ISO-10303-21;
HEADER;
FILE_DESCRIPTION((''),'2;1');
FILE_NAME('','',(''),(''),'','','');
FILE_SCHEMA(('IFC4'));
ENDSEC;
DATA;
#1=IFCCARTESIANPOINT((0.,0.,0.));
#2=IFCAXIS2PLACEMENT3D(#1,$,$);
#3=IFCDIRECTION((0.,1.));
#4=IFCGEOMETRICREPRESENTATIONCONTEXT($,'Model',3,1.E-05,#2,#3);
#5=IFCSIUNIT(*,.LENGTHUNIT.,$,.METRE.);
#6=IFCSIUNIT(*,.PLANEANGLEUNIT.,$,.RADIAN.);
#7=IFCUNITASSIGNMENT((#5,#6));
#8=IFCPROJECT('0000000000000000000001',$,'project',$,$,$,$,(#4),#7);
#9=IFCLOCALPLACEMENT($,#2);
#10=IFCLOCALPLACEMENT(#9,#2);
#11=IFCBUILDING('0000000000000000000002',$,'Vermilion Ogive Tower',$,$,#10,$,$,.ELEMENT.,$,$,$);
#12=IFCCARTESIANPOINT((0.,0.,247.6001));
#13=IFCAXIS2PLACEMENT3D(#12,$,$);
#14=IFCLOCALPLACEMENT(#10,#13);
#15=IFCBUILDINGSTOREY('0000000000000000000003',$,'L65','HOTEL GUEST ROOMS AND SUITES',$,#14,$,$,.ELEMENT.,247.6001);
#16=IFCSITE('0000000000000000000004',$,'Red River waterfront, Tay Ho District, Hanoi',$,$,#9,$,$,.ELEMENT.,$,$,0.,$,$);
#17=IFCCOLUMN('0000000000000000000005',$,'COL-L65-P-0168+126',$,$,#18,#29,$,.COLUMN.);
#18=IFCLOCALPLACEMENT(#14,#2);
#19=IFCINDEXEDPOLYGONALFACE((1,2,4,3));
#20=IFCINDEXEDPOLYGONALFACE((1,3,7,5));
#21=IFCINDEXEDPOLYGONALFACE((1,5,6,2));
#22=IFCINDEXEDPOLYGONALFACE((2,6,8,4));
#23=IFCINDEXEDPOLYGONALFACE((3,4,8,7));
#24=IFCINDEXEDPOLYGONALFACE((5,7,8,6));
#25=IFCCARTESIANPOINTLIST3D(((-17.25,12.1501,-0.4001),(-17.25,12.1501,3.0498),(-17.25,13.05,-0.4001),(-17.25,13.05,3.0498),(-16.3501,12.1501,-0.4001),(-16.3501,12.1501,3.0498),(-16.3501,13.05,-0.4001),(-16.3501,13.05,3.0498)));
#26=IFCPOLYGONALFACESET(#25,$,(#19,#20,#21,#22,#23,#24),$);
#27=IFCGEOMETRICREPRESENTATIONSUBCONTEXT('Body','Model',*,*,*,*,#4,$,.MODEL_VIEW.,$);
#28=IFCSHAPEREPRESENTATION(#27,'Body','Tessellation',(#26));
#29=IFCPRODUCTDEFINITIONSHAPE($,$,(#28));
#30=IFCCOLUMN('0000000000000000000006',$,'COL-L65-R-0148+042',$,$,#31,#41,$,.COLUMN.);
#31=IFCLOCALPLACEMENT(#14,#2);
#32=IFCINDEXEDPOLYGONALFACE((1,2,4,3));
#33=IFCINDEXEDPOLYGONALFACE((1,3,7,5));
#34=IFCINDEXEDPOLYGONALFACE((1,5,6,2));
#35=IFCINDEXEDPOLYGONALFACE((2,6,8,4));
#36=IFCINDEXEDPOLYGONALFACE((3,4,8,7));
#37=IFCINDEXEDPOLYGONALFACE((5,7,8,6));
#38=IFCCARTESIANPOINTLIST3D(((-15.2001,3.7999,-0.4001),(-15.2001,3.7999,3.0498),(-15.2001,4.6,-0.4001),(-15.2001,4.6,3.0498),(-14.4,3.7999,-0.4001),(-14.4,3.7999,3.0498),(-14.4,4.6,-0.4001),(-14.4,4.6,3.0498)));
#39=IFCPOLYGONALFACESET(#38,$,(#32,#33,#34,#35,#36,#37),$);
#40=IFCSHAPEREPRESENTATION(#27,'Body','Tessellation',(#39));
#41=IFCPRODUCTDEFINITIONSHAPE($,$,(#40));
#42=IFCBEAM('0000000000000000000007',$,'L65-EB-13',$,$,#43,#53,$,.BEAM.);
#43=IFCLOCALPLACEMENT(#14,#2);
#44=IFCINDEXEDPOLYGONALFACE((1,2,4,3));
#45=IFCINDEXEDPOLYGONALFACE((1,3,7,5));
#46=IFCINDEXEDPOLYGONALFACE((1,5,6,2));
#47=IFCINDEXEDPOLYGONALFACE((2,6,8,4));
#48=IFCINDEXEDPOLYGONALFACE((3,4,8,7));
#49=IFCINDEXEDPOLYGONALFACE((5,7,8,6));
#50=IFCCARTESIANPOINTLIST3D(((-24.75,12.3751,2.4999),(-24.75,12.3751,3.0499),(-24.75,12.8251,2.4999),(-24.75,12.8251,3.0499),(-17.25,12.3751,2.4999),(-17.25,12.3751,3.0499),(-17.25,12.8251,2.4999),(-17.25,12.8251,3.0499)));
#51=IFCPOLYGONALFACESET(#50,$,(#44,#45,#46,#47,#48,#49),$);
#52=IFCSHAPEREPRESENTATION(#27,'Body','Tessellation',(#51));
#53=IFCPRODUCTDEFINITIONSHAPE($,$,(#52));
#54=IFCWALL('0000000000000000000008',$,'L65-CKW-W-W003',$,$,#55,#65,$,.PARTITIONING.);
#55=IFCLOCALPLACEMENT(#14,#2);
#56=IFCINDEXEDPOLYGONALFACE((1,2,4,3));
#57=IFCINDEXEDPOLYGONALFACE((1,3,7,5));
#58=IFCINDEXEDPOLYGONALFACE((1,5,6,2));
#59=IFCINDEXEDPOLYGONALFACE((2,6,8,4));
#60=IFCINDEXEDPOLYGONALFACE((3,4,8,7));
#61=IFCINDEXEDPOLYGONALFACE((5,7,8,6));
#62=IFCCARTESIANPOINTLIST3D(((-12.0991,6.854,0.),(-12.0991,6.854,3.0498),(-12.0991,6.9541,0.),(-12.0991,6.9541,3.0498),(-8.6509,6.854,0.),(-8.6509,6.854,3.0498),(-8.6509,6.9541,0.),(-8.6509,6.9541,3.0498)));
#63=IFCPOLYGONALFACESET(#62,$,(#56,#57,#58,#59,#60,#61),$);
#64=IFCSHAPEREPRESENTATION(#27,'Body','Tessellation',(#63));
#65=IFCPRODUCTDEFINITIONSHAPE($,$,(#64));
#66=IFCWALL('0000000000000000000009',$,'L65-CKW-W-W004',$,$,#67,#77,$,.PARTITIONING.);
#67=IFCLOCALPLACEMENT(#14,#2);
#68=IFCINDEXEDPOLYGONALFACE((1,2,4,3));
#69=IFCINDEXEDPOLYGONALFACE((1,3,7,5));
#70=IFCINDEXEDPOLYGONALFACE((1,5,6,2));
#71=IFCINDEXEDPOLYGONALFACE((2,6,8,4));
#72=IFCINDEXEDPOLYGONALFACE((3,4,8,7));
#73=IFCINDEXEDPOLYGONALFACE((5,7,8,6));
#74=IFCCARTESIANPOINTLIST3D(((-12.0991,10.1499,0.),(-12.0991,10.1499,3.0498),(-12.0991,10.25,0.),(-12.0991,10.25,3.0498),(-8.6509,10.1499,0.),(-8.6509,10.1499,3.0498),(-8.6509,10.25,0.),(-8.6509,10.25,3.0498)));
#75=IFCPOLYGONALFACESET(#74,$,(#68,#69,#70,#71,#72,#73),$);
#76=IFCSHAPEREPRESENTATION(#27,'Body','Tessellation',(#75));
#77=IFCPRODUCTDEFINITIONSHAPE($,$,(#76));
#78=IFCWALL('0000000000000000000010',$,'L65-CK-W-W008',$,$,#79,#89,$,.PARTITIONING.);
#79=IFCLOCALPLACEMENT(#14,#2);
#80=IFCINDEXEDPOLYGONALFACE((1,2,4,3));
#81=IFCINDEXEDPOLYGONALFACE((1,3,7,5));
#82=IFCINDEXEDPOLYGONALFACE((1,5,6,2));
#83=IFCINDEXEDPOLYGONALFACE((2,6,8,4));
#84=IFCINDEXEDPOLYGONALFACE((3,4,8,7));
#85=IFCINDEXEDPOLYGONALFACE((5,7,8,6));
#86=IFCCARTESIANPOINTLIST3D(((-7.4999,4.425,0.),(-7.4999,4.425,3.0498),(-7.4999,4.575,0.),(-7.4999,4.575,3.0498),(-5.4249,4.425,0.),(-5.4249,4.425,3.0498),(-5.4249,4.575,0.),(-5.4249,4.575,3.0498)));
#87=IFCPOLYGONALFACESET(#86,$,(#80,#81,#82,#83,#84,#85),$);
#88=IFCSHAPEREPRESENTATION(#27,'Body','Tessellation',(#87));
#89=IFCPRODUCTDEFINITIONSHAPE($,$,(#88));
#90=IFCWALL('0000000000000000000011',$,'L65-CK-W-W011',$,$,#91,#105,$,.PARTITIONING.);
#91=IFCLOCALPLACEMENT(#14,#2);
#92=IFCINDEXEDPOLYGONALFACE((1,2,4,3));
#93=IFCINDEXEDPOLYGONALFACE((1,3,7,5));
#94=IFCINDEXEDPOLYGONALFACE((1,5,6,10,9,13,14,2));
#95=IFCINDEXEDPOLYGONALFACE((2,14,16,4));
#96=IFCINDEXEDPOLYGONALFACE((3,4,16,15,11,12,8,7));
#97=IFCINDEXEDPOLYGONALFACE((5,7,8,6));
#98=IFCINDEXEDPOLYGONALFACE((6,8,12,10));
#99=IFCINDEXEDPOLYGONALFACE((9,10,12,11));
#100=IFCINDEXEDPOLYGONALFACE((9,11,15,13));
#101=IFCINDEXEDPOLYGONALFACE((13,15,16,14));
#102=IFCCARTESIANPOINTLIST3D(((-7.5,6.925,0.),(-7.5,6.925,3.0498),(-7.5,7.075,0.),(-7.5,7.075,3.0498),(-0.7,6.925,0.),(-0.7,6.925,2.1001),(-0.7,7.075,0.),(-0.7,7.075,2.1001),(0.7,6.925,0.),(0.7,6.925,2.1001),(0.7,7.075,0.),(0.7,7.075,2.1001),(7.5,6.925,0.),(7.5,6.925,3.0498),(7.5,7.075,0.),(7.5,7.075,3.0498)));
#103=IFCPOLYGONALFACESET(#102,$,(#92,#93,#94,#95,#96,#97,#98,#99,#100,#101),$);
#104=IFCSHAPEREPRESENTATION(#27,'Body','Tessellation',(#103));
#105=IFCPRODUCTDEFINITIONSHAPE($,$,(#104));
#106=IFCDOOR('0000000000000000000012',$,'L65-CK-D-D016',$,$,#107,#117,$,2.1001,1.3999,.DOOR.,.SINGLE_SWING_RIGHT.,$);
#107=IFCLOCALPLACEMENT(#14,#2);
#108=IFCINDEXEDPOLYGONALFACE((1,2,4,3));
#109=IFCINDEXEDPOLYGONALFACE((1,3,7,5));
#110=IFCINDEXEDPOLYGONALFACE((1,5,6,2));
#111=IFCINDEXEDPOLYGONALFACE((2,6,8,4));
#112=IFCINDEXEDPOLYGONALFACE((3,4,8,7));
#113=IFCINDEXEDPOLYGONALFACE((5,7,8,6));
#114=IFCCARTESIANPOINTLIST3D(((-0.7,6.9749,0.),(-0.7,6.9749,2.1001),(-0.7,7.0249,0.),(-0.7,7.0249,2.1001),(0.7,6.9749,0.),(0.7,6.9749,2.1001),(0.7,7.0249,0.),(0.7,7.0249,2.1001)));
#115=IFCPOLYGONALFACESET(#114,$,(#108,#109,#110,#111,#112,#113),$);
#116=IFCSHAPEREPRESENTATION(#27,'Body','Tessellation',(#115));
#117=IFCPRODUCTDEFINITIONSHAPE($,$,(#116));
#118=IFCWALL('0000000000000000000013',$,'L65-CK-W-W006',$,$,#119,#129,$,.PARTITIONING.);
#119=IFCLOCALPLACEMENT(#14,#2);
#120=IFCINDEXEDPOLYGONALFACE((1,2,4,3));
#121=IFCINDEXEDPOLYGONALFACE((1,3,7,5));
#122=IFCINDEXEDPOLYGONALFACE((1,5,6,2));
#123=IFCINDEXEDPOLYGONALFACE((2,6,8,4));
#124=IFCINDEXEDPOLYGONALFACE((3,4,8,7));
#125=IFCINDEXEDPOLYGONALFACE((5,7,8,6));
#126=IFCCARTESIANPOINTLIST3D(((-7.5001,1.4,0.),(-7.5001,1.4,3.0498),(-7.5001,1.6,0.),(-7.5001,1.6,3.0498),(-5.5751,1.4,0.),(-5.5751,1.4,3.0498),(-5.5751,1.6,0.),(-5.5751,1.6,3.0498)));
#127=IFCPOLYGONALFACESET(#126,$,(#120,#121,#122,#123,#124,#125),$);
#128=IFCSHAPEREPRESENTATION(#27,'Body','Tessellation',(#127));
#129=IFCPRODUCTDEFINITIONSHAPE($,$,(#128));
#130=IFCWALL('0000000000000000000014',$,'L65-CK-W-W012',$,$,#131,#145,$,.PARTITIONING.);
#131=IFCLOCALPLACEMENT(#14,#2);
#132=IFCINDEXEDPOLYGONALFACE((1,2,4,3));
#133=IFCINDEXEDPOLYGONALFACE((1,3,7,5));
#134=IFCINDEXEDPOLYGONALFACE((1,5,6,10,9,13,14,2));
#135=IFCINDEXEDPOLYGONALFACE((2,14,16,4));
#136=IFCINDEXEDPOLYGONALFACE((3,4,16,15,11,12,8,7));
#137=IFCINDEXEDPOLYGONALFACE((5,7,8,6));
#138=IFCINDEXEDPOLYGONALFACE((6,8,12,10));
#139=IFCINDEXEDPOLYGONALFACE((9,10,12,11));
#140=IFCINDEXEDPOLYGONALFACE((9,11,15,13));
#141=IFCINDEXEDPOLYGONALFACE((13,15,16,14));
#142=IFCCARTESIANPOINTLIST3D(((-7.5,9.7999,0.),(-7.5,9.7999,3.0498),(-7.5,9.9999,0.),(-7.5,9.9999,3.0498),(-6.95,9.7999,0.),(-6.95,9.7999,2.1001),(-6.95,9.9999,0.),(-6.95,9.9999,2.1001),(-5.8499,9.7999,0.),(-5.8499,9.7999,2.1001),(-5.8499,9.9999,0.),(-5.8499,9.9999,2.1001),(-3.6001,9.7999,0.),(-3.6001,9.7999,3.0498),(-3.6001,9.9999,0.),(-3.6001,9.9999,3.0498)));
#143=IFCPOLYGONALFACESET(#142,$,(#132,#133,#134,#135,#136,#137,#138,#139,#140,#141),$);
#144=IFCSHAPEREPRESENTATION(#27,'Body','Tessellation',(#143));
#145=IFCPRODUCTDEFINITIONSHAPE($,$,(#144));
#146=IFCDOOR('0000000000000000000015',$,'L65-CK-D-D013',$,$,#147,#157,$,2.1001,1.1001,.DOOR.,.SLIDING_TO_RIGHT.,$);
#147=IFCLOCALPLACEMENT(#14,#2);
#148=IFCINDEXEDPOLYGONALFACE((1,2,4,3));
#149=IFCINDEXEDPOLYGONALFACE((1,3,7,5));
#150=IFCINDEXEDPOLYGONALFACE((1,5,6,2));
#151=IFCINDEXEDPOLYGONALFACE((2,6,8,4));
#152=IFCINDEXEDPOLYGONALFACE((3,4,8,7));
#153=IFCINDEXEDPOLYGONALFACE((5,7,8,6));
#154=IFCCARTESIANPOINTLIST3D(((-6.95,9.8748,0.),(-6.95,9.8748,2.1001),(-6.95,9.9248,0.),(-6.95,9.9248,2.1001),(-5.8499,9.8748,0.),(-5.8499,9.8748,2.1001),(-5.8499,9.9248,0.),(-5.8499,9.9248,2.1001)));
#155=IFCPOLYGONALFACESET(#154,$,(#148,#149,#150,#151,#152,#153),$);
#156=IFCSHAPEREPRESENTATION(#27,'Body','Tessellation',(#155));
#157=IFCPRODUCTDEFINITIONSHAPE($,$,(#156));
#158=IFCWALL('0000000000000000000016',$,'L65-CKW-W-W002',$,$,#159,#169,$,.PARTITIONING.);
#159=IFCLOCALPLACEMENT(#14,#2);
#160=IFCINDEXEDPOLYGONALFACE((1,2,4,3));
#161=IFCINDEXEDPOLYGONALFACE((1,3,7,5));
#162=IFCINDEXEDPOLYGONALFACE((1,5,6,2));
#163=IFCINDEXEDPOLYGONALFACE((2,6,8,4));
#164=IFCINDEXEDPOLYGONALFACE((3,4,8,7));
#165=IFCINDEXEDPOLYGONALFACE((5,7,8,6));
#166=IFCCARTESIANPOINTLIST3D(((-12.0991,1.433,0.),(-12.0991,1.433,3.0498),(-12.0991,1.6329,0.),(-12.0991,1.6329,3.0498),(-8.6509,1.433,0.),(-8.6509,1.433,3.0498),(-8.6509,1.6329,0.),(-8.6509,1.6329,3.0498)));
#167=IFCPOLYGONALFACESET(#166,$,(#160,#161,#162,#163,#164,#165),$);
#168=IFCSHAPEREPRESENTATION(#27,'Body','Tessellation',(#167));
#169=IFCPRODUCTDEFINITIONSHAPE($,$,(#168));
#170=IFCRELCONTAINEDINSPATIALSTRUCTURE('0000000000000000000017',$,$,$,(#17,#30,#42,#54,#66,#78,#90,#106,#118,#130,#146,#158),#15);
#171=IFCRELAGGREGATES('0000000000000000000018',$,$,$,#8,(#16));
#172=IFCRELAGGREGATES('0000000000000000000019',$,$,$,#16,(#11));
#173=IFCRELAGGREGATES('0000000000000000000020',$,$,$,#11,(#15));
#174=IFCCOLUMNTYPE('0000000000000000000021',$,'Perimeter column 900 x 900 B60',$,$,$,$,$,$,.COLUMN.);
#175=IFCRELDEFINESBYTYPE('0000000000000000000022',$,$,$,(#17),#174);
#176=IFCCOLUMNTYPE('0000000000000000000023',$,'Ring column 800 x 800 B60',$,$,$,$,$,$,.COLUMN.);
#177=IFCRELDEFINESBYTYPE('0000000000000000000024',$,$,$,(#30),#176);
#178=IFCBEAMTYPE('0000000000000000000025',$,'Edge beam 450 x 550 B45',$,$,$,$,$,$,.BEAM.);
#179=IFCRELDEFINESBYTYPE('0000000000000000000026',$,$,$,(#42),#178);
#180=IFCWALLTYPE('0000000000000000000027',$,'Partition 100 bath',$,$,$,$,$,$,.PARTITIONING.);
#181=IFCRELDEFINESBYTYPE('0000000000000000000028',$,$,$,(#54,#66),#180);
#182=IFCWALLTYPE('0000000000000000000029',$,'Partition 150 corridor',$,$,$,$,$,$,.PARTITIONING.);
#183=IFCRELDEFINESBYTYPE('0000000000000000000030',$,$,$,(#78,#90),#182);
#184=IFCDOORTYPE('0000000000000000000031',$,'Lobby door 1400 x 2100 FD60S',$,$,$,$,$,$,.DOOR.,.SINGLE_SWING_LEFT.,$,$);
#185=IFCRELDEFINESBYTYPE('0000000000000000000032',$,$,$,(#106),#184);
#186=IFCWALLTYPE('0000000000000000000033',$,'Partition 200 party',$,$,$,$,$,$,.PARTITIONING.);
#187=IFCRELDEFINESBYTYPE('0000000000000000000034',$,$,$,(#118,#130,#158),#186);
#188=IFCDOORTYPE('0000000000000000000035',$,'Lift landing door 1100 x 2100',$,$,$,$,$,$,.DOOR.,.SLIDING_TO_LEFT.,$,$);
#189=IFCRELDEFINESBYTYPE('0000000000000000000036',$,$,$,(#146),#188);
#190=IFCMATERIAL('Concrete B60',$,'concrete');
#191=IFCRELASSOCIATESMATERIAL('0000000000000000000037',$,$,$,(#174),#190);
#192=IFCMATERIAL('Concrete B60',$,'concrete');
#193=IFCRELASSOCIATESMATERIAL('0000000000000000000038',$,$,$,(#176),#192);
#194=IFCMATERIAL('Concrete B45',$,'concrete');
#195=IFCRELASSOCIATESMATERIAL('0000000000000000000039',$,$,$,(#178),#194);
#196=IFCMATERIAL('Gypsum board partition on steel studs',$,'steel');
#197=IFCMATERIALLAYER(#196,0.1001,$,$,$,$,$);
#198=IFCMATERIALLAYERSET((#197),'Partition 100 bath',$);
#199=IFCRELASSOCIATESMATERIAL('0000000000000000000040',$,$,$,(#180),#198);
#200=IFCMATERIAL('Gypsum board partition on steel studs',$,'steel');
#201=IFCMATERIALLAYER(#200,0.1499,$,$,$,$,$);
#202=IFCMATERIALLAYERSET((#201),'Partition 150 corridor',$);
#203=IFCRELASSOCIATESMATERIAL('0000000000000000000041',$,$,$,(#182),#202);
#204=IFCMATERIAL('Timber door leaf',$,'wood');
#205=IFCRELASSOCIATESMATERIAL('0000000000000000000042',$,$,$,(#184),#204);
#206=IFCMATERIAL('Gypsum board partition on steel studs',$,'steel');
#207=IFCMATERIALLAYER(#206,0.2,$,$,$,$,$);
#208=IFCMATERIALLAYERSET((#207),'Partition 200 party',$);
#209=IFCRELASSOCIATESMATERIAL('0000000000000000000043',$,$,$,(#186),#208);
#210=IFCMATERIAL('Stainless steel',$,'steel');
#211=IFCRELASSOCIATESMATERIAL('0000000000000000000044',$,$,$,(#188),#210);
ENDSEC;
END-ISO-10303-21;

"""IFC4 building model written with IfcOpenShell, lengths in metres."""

from ifc_helpers import new_model, si_unit, direction, frame, frame_2d, origin, origin_2d, place, context, subcontext, project, spatial, rectangle, extrude, material, layer, layer_set, material_profile, profile_set, type_object, element, fill, save


model = new_model("IFC4")

# Units and contexts
model_context = context("Model", 3, precision=1e-05, world=origin(), true_north=direction((0.0, 1.0)))
body_context = subcontext(model_context, "Body", "Model", "MODEL_VIEW")
ifc_project = project(units=[si_unit("LENGTHUNIT", "METRE"), si_unit("PLANEANGLEUNIT", "RADIAN")], contexts=[model_context])

# Site, building, storey
site_placement = place(None, origin())
site = spatial("IfcSite", under=ifc_project, at=site_placement, Name="Red River waterfront, Tay Ho District, Hanoi", CompositionType="ELEMENT", RefElevation=0.0)
building_placement = place(site_placement, origin())
building = spatial("IfcBuilding", under=site, at=building_placement, Name="Vermilion Ogive Tower", CompositionType="ELEMENT")
storey_placement = place(building_placement, frame((0.0, 0.0, 247.6001)))
storey = spatial("IfcBuildingStorey", under=building, at=storey_placement, Name="L65", Description="HOTEL GUEST ROOMS AND SUITES", CompositionType="ELEMENT", Elevation=247.6001)

# Columns
ifc_material_1 = material(Name="Concrete B60", Category="concrete")
ifc_material_profile_1 = material_profile(ifc_material_1, rectangle(XDim=0.8999, YDim=0.8999, at=origin_2d()), Name="900 x 900")
ifc_profile_set_1 = profile_set([ifc_material_profile_1], Name="Concrete B60")
column_type_1 = type_object("IfcColumnType", Name="Perimeter column 900 x 900 B60", PredefinedType="COLUMN", material=ifc_profile_set_1)
column_1_placement = place(storey_placement, frame((-16.8, 12.6001, -0.4001), z_axis=(0.0, 0.0, 1.0), x_axis=(1.0, 0.0, 0.0)))
element("IfcColumn", 1, at=column_1_placement, inside=storey, type_object=column_type_1, Name="COL-L65-P-0168+126", PredefinedType="COLUMN", context=body_context, shape_type="SweptSolid", body=[
    extrude(rectangle(XDim=0.8999, YDim=0.8999, at=origin_2d()), origin(), (0.0, 0.0, 1.0), 3.45),
])
ifc_material_2 = material(Name="Concrete B60", Category="concrete")
ifc_material_profile_2 = material_profile(ifc_material_2, rectangle(XDim=0.8, YDim=0.8, at=origin_2d()), Name="800 x 800")
ifc_profile_set_2 = profile_set([ifc_material_profile_2], Name="Concrete B60")
column_type_2 = type_object("IfcColumnType", Name="Ring column 800 x 800 B60", PredefinedType="COLUMN", material=ifc_profile_set_2)
column_2_placement = place(storey_placement, frame((-14.8, 4.2, -0.4001), z_axis=(0.0, 0.0, 1.0), x_axis=(1.0, 0.0, 0.0)))
element("IfcColumn", 2, at=column_2_placement, inside=storey, type_object=column_type_2, Name="COL-L65-R-0148+042", PredefinedType="COLUMN", context=body_context, shape_type="SweptSolid", body=[
    extrude(rectangle(XDim=0.8, YDim=0.8, at=origin_2d()), origin(), (0.0, 0.0, 1.0), 3.45),
])

# Beam
ifc_material_3 = material(Name="Concrete B45", Category="concrete")
ifc_material_profile_3 = material_profile(ifc_material_3, rectangle(XDim=0.45, YDim=0.55, at=origin_2d()), Name="450 x 550")
ifc_profile_set_3 = profile_set([ifc_material_profile_3], Name="Concrete B45")
beam_type = type_object("IfcBeamType", Name="Edge beam 450 x 550 B45", PredefinedType="BEAM", material=ifc_profile_set_3)
beam_placement = place(storey_placement, frame((-17.25, 12.6001, 2.7749), z_axis=(-1.0, 0.0, 0.0), x_axis=(0.0, -1.0, 0.0)))
element("IfcBeam", 3, at=beam_placement, inside=storey, type_object=beam_type, Name="L65-EB-13", PredefinedType="BEAM", context=body_context, shape_type="SweptSolid", body=[
    extrude(rectangle(XDim=0.45, YDim=0.55, at=origin_2d()), origin(), (0.0, 0.0, 1.0), 7.5),
])

# Walls
ifc_material_4 = material(Name="Gypsum board partition on steel studs", Category="steel")
ifc_layer_1 = layer(ifc_material_4, 0.1001)
ifc_layer_set_1 = layer_set([ifc_layer_1], Name="Partition 100 bath")
wall_type_1 = type_object("IfcWallType", Name="Partition 100 bath", PredefinedType="PARTITIONING", material=ifc_layer_set_1)
for number, where, z_axis, x_axis, name in (
    (4, (-12.0991, 6.9041, 0.0), (0.0, 0.0, 1.0), (1.0, 0.0, 0.0), "L65-CKW-W-W003"),
    (5, (-12.0991, 10.2, 0.0), (0.0, 0.0, 1.0), (1.0, 0.0, 0.0), "L65-CKW-W-W004"),
):
    element("IfcWall", number, at=place(storey_placement, frame(where, z_axis=z_axis, x_axis=x_axis)), inside=storey, type_object=wall_type_1, Name=name, PredefinedType="PARTITIONING", context=body_context, shape_type="SweptSolid", body=[
        extrude(rectangle(XDim=3.4482, YDim=0.1001, at=frame_2d((1.7241, 0.0))), origin(), (0.0, 0.0, 1.0), 3.0498),
    ])
ifc_material_5 = material(Name="Gypsum board partition on steel studs", Category="steel")
ifc_layer_2 = layer(ifc_material_5, 0.1499)
ifc_layer_set_2 = layer_set([ifc_layer_2], Name="Partition 150 corridor")
wall_type_2 = type_object("IfcWallType", Name="Partition 150 corridor", PredefinedType="PARTITIONING", material=ifc_layer_set_2)
wall_1_placement = place(storey_placement, frame((-7.5, 4.5, 0.0), z_axis=(0.0, 0.0, 1.0), x_axis=(1.0, 0.0, 0.0)))
element("IfcWall", 6, at=wall_1_placement, inside=storey, type_object=wall_type_2, Name="L65-CK-W-W008", PredefinedType="PARTITIONING", context=body_context, shape_type="SweptSolid", body=[
    extrude(rectangle(XDim=2.075, YDim=0.1499, at=frame_2d((1.0376, 0.0))), origin(), (0.0, 0.0, 1.0), 3.0498),
])

# Wall, opening, door
wall_2_placement = place(storey_placement, frame((-7.5, 7.0, 0.0), z_axis=(0.0, 0.0, 1.0), x_axis=(1.0, 0.0, 0.0)))
wall_2 = element("IfcWall", 7, at=wall_2_placement, inside=storey, type_object=wall_type_2, Name="L65-CK-W-W011", PredefinedType="PARTITIONING", context=body_context, shape_type="SweptSolid", body=[
    extrude(rectangle(XDim=15.0, YDim=0.1499, at=frame_2d((7.5, 0.0))), origin(), (0.0, 0.0, 1.0), 3.0498),
])
opening_1_placement = place(wall_2_placement, frame((6.8, 0.0, 0.0)))
opening_1 = element("IfcOpeningElement", 8, at=opening_1_placement, cuts=wall_2, PredefinedType="OPENING", context=body_context, shape_type="SweptSolid", body=[
    extrude(rectangle(XDim=1.3999, YDim=2.1001, at=frame_2d((0.7, 1.05))), frame((0.0, 0.085, 0.0), z_axis=(0.0, -1.0, 0.0), x_axis=(1.0, 0.0, 0.0)), (0.0, 0.0, 1.0), 0.1699),
])
ifc_material_6 = material(Name="Timber door leaf", Category="wood")
door_type_1 = type_object("IfcDoorType", Name="Lobby door 1400 x 2100 FD60S", OperationType="SINGLE_SWING_LEFT", PredefinedType="DOOR", material=ifc_material_6)
door_1_placement = place(opening_1_placement, origin())
door_1 = element("IfcDoor", 9, at=door_1_placement, inside=storey, type_object=door_type_1, Name="L65-CK-D-D016", OperationType="SINGLE_SWING_RIGHT", OverallHeight=2.1001, OverallWidth=1.3999, PredefinedType="DOOR", context=body_context, shape_type="SweptSolid", body=[
    extrude(rectangle(XDim=1.3999, YDim=2.1001, at=frame_2d((0.7, 1.05))), frame((0.0, 0.0249, 0.0), z_axis=(0.0, -1.0, 0.0), x_axis=(1.0, 0.0, 0.0)), (0.0, 0.0, 1.0), 0.05),
])
fill(opening_1, door_1)

# Wall
ifc_material_7 = material(Name="Gypsum board partition on steel studs", Category="steel")
ifc_layer_3 = layer(ifc_material_7, 0.2)
ifc_layer_set_3 = layer_set([ifc_layer_3], Name="Partition 200 party")
wall_type_3 = type_object("IfcWallType", Name="Partition 200 party", PredefinedType="PARTITIONING", material=ifc_layer_set_3)
wall_3_placement = place(storey_placement, frame((-7.5, 1.5, 0.0), z_axis=(0.0, 0.0, 1.0), x_axis=(1.0, 0.0, 0.0)))
element("IfcWall", 10, at=wall_3_placement, inside=storey, type_object=wall_type_3, Name="L65-CK-W-W006", PredefinedType="PARTITIONING", context=body_context, shape_type="SweptSolid", body=[
    extrude(rectangle(XDim=1.925, YDim=0.2, at=frame_2d((0.9624, 0.0))), origin(), (0.0, 0.0, 1.0), 3.0498),
])

# Wall, opening, door
wall_4_placement = place(storey_placement, frame((-7.5, 9.8999, 0.0), z_axis=(0.0, 0.0, 1.0), x_axis=(1.0, 0.0, 0.0)))
wall_4 = element("IfcWall", 11, at=wall_4_placement, inside=storey, type_object=wall_type_3, Name="L65-CK-W-W012", PredefinedType="PARTITIONING", context=body_context, shape_type="SweptSolid", body=[
    extrude(rectangle(XDim=3.8999, YDim=0.2, at=frame_2d((1.95, 0.0))), origin(), (0.0, 0.0, 1.0), 3.0498),
])
opening_2_placement = place(wall_4_placement, frame((0.55, 0.0, 0.0)))
opening_2 = element("IfcOpeningElement", 12, at=opening_2_placement, cuts=wall_4, PredefinedType="OPENING", context=body_context, shape_type="SweptSolid", body=[
    extrude(rectangle(XDim=1.1001, YDim=2.1001, at=frame_2d((0.55, 1.05))), frame((0.0, 0.1099, 0.0), z_axis=(0.0, -1.0, 0.0), x_axis=(1.0, 0.0, 0.0)), (0.0, 0.0, 1.0), 0.22),
])
ifc_material_8 = material(Name="Stainless steel", Category="steel")
door_type_2 = type_object("IfcDoorType", Name="Lift landing door 1100 x 2100", OperationType="SLIDING_TO_LEFT", PredefinedType="DOOR", material=ifc_material_8)
door_2_placement = place(opening_2_placement, origin())
door_2 = element("IfcDoor", 13, at=door_2_placement, inside=storey, type_object=door_type_2, Name="L65-CK-D-D013", OperationType="SLIDING_TO_RIGHT", OverallHeight=2.1001, OverallWidth=1.1001, PredefinedType="DOOR", context=body_context, shape_type="SweptSolid", body=[
    extrude(rectangle(XDim=1.1001, YDim=2.1001, at=frame_2d((0.55, 1.05))), frame((0.0, 0.0249, 0.0), z_axis=(0.0, -1.0, 0.0), x_axis=(1.0, 0.0, 0.0)), (0.0, 0.0, 1.0), 0.05),
])
fill(opening_2, door_2)

# Wall
wall_5_placement = place(storey_placement, frame((-12.0991, 1.533, 0.0), z_axis=(0.0, 0.0, 1.0), x_axis=(1.0, 0.0, 0.0)))
element("IfcWall", 14, at=wall_5_placement, inside=storey, type_object=wall_type_3, Name="L65-CKW-W-W002", PredefinedType="PARTITIONING", context=body_context, shape_type="SweptSolid", body=[
    extrude(rectangle(XDim=3.4482, YDim=0.2, at=frame_2d((1.7241, 0.0))), origin(), (0.0, 0.0, 1.0), 3.0498),
])

save(model, "model.ifc")
